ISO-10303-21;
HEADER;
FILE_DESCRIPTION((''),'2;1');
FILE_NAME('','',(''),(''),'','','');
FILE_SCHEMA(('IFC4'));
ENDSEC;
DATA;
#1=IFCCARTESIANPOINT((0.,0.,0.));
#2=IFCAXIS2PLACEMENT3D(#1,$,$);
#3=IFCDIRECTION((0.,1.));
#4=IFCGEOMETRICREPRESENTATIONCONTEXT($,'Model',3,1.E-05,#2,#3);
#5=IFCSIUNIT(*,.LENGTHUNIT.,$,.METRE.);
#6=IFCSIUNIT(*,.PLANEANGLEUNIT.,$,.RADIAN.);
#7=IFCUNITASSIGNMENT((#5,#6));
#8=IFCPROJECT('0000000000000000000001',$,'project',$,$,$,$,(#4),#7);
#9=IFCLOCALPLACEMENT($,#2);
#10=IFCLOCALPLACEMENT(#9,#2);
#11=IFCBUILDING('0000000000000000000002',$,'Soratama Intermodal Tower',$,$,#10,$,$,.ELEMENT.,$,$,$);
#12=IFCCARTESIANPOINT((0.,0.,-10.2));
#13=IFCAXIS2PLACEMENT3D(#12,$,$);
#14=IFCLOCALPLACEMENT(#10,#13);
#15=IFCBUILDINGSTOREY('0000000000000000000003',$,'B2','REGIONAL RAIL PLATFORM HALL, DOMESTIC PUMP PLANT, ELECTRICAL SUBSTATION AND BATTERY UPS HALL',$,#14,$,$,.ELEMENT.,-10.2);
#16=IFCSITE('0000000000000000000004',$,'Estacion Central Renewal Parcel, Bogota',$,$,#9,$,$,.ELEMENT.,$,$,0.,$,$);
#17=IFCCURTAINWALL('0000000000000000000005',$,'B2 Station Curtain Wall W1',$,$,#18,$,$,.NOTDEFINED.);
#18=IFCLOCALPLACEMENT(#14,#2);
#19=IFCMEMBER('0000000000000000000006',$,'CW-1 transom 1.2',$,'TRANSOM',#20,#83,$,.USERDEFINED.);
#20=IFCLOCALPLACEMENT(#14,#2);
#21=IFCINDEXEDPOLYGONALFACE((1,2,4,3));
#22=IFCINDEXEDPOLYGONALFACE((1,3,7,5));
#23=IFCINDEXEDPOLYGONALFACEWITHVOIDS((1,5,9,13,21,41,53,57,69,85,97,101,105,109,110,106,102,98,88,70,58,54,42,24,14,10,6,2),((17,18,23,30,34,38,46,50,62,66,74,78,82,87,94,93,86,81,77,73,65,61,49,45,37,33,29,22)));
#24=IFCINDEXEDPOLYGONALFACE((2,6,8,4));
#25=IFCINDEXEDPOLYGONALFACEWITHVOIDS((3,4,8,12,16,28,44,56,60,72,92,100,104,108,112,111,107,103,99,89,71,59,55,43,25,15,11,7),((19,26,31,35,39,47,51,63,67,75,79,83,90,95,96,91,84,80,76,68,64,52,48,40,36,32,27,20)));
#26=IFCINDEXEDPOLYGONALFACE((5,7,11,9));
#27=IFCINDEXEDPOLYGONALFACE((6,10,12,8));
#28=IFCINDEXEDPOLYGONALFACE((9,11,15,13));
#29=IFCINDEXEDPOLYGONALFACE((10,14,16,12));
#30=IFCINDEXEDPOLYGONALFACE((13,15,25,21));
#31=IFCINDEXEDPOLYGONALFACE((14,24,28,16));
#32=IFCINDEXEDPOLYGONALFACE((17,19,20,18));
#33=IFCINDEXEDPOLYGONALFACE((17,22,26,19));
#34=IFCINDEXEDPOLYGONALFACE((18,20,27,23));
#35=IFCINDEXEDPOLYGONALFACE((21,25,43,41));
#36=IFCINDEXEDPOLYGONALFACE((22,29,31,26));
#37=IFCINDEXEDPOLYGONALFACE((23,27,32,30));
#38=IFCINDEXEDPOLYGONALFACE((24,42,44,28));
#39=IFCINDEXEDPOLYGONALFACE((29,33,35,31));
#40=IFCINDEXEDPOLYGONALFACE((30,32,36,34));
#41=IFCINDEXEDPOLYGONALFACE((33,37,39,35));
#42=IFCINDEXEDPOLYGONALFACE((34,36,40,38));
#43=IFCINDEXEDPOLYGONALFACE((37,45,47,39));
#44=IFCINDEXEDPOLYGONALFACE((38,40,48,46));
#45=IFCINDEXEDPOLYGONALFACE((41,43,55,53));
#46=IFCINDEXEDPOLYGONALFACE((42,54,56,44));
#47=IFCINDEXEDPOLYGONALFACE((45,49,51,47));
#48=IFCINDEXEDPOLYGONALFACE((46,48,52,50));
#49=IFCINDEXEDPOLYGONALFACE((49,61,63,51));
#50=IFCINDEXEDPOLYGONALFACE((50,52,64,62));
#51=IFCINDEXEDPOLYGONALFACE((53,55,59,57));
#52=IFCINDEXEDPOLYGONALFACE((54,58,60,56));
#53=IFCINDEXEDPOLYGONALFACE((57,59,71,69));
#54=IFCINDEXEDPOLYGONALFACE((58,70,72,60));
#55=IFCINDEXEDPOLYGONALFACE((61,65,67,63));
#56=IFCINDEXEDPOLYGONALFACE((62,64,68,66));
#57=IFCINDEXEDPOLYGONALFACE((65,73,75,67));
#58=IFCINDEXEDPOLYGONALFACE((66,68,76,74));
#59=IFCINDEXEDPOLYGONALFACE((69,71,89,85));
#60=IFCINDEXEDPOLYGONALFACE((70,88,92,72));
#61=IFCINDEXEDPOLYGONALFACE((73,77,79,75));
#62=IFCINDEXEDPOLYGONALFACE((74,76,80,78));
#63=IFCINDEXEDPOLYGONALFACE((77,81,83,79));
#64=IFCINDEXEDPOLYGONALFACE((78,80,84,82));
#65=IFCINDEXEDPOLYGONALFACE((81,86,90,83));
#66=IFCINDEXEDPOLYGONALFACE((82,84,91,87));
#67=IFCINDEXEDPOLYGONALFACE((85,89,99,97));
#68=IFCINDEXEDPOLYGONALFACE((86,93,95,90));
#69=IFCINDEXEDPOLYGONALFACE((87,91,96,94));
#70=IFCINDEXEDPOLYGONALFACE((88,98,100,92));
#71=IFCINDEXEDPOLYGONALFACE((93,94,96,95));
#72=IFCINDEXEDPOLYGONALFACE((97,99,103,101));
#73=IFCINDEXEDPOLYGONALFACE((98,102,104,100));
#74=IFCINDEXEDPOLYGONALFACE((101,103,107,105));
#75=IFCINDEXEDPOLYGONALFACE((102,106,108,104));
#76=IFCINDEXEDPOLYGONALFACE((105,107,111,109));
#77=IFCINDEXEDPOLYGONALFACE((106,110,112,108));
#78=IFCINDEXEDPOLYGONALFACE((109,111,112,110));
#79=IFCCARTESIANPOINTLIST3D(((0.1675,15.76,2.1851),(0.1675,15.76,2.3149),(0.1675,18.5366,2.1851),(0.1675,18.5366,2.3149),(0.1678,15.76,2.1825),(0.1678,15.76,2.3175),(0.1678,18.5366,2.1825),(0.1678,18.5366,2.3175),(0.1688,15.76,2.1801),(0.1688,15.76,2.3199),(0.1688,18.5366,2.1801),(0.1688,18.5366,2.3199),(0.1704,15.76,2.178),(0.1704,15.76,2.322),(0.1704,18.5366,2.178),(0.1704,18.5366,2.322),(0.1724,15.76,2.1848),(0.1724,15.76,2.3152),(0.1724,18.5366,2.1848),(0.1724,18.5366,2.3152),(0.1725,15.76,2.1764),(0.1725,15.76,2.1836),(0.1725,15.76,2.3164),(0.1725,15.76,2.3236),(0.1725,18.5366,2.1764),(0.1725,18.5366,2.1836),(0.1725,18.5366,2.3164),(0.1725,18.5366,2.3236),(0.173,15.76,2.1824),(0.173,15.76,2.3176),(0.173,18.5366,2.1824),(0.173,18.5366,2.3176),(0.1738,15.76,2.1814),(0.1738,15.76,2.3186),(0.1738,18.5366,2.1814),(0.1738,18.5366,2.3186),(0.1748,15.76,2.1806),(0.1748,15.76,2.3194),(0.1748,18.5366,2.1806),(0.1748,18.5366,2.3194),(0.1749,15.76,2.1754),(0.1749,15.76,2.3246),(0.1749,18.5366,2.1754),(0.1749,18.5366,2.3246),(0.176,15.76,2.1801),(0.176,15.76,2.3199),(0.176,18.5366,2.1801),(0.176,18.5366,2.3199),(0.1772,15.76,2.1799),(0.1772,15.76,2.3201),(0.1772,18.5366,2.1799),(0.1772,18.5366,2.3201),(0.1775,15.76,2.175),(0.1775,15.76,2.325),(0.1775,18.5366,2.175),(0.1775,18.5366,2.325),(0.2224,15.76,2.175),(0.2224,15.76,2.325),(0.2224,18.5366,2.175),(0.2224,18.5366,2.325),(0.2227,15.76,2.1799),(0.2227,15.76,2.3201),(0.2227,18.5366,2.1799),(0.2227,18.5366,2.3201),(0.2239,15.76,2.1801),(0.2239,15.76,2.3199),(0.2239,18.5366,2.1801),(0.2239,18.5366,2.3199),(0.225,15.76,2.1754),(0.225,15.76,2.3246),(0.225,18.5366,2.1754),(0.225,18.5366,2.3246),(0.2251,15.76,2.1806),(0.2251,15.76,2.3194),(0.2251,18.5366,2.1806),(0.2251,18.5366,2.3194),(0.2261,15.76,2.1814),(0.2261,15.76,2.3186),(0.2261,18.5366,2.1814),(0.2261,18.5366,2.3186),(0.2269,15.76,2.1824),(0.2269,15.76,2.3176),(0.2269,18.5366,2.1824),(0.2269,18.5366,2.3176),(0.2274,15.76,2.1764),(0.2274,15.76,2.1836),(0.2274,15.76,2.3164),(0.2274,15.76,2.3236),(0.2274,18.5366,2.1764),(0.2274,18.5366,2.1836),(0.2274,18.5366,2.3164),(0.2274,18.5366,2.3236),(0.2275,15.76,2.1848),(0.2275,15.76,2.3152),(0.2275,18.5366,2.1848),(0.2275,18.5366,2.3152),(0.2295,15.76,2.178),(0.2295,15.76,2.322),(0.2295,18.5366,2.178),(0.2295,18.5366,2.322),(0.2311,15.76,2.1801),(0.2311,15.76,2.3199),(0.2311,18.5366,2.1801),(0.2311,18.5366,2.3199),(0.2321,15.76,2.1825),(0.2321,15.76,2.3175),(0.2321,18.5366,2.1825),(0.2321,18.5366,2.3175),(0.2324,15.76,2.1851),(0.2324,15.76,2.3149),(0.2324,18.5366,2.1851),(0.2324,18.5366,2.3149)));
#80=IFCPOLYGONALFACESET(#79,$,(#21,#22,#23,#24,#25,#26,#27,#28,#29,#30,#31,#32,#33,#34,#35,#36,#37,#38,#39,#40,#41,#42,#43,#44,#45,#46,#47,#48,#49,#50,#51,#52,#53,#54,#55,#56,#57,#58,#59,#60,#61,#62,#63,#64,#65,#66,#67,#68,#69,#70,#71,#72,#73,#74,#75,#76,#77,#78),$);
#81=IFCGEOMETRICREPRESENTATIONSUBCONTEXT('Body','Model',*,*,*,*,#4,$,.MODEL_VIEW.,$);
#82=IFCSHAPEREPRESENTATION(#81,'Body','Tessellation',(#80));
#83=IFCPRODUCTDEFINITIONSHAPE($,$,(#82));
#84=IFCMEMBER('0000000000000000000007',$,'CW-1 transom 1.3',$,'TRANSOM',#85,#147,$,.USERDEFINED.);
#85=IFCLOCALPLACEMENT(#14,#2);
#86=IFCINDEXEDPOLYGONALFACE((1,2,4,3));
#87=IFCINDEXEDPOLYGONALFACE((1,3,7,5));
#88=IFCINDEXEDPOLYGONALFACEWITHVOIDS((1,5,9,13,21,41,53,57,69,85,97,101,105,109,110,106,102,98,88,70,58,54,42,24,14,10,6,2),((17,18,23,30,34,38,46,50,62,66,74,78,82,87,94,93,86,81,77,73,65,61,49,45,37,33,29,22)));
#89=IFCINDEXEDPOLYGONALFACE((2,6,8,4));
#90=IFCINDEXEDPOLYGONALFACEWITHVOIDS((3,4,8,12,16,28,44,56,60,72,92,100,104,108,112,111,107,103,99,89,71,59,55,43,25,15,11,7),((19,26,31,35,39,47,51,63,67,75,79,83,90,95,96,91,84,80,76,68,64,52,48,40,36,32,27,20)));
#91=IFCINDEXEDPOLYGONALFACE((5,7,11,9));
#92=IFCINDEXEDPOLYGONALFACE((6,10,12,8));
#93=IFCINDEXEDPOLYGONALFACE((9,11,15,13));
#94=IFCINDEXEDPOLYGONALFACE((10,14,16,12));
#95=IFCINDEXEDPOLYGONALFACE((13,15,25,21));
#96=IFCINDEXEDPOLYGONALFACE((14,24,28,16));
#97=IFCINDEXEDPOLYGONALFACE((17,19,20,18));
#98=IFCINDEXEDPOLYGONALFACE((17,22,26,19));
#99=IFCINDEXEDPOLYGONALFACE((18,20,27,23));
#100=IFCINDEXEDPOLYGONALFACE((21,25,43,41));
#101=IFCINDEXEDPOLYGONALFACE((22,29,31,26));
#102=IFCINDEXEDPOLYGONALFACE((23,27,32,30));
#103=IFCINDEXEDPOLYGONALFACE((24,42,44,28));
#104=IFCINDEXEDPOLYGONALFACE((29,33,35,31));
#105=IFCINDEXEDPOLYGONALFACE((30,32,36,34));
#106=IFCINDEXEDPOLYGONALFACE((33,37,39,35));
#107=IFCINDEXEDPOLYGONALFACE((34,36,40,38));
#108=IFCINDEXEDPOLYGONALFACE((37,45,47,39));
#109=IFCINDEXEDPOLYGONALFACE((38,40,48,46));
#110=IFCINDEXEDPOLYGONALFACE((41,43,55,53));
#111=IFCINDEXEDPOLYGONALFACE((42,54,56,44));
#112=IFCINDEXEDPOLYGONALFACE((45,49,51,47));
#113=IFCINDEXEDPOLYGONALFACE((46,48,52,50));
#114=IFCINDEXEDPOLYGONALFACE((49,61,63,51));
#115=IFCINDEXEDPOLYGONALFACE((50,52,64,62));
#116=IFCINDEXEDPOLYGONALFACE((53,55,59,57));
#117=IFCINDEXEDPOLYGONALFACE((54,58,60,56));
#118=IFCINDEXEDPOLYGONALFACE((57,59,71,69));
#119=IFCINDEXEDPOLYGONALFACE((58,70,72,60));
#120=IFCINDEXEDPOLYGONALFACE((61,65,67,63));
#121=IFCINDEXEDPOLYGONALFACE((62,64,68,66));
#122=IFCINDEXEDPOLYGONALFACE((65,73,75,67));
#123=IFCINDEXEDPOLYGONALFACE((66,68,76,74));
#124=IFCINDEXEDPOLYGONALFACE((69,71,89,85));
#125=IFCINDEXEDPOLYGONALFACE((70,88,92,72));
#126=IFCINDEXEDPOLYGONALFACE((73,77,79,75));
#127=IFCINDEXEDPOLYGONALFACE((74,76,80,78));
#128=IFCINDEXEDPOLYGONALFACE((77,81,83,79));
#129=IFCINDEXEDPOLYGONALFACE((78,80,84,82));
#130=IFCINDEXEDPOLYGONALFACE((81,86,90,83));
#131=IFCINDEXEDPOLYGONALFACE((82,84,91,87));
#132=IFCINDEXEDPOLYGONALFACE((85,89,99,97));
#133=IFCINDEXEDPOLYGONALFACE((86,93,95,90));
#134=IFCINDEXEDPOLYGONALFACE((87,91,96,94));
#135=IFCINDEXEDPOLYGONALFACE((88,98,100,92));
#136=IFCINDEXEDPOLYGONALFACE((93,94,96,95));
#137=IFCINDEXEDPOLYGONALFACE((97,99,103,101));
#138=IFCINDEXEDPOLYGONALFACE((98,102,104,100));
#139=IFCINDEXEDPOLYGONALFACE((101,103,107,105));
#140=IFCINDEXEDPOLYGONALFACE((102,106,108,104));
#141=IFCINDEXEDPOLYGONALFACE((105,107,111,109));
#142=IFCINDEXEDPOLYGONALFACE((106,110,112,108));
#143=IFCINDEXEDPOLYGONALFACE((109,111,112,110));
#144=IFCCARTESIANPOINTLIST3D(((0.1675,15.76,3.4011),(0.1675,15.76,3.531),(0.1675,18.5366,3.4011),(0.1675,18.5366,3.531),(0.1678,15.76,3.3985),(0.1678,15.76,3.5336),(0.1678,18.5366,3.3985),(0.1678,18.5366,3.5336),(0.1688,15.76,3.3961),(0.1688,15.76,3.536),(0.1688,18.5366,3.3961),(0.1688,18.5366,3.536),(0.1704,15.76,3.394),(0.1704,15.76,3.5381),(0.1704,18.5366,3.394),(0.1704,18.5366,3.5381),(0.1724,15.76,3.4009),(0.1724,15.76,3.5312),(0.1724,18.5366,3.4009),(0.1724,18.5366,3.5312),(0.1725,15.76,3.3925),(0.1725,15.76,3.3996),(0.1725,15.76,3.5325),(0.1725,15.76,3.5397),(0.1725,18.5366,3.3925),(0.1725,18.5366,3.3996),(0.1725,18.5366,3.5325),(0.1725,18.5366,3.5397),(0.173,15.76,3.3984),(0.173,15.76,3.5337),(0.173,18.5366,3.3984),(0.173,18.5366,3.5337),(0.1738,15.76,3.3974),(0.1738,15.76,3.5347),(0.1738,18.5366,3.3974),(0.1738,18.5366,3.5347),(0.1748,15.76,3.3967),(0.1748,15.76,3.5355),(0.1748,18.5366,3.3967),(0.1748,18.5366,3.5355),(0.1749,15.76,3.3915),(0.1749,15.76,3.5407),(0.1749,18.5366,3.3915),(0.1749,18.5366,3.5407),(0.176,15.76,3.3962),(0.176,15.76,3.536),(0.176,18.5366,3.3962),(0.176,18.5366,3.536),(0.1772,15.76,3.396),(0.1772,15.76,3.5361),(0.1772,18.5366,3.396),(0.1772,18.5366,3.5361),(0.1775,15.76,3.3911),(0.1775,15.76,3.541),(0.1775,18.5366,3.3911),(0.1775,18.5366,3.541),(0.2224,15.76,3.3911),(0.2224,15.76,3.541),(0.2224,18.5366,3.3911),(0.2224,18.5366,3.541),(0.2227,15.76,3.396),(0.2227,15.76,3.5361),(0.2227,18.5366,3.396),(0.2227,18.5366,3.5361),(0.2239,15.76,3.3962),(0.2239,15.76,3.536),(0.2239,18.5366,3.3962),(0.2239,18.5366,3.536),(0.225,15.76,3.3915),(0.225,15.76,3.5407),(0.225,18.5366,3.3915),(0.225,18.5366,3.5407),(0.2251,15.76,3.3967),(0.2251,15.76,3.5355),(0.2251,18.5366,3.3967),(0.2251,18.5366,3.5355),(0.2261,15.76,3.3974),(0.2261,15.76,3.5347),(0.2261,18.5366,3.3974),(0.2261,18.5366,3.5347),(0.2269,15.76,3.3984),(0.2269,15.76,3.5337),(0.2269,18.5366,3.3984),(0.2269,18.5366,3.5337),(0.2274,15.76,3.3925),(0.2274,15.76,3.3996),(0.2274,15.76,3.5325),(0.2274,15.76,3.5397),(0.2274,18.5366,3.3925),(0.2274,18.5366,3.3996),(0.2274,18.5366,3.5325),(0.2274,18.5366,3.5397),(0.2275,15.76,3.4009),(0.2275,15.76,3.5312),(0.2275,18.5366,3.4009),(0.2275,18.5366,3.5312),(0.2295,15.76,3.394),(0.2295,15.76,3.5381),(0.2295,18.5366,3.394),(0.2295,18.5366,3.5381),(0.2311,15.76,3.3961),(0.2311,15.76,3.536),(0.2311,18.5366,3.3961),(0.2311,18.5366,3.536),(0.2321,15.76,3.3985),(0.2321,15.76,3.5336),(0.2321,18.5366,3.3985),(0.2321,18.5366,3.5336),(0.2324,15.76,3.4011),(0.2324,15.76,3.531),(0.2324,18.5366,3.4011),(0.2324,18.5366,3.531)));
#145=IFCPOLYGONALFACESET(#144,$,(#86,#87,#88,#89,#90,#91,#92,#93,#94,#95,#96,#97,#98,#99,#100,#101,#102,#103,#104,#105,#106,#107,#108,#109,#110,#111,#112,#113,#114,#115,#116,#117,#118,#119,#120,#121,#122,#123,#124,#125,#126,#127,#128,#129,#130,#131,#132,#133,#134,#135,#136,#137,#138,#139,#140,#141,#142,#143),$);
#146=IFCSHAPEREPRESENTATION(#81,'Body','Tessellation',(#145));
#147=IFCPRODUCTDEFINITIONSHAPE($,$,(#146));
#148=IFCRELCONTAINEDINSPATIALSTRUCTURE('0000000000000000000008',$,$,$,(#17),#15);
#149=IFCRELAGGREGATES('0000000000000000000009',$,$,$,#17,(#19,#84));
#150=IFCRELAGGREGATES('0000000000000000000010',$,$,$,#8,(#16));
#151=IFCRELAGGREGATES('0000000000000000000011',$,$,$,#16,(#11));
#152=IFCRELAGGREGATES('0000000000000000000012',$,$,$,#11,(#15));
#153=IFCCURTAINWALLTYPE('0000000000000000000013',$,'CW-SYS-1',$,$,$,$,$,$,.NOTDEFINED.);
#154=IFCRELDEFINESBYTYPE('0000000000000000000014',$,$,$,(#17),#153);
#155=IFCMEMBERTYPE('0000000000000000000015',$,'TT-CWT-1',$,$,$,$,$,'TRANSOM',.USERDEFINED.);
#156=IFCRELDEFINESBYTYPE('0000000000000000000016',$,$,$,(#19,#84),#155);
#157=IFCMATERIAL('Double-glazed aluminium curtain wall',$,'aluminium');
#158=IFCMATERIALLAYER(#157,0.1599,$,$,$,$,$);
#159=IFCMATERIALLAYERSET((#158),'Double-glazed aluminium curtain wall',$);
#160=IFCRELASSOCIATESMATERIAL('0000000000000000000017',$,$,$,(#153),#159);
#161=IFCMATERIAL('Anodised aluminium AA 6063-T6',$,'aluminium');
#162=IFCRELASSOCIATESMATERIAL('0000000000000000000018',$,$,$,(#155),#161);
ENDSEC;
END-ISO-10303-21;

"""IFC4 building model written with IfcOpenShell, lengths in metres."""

from ifc_helpers import new_model, si_unit, direction, frame, origin, origin_2d, place, context, subcontext, project, spatial, hollow_rectangle, extrude, material, layer, layer_set, material_profile, profile_set, type_object, element, aggregate, save


model = new_model("IFC4")

# Units and contexts
model_context = context("Model", 3, precision=1e-05, world=origin(), true_north=direction((0.0, 1.0)))
body_context = subcontext(model_context, "Body", "Model", "MODEL_VIEW")
ifc_project = project(units=[si_unit("LENGTHUNIT", "METRE"), si_unit("PLANEANGLEUNIT", "RADIAN")], contexts=[model_context])

# Site, building, storey
site_placement = place(None, origin())
site = spatial("IfcSite", under=ifc_project, at=site_placement, Name="Estacion Central Renewal Parcel, Bogota", CompositionType="ELEMENT", RefElevation=0.0)
building_placement = place(site_placement, origin())
building = spatial("IfcBuilding", under=site, at=building_placement, Name="Soratama Intermodal Tower", CompositionType="ELEMENT")
storey_placement = place(building_placement, frame((0.0, 0.0, -10.2)))
storey = spatial("IfcBuildingStorey", under=building, at=storey_placement, Name="B2", Description="REGIONAL RAIL PLATFORM HALL, DOMESTIC PUMP PLANT, ELECTRICAL SUBSTATION AND BATTERY UPS HALL", CompositionType="ELEMENT", Elevation=-10.2)

# Curtain wall, members
ifc_material_1 = material(Name="Double-glazed aluminium curtain wall", Category="aluminium")
ifc_layer_1 = layer(ifc_material_1, 0.1599)
ifc_layer_set_1 = layer_set([ifc_layer_1], Name="Double-glazed aluminium curtain wall")
curtain_wall_type = type_object("IfcCurtainWallType", Name="CW-SYS-1", PredefinedType="NOTDEFINED", material=ifc_layer_set_1)
curtain_wall_placement = place(storey_placement, origin())
curtain_wall = element("IfcCurtainWall", 1, at=curtain_wall_placement, inside=storey, type_object=curtain_wall_type, Name="B2 Station Curtain Wall W1", PredefinedType="NOTDEFINED")
ifc_material_2 = material(Name="Anodised aluminium AA 6063-T6", Category="aluminium")
ifc_material_profile_1 = material_profile(ifc_material_2, hollow_rectangle(XDim=0.0649, YDim=0.1499, WallThickness=0.0049, InnerFilletRadius=0.0049, OuterFilletRadius=0.01, at=origin_2d()), Name="CWT150X65X5")
ifc_profile_set_1 = profile_set([ifc_material_profile_1], Name="Anodised aluminium AA 6063-T6")
member_type_1 = type_object("IfcMemberType", Name="TT-CWT-1", ElementType="TRANSOM", PredefinedType="USERDEFINED", material=ifc_profile_set_1)
member_1_placement = place(storey_placement, frame((0.2, 15.76, 2.25), z_axis=(0.0, 1.0, 0.0), x_axis=(-1.0, 0.0, 0.0)))
member_1 = element("IfcMember", 2, at=member_1_placement, type_object=member_type_1, Name="CW-1 transom 1.2", ObjectType="TRANSOM", PredefinedType="USERDEFINED", context=body_context, shape_type="SweptSolid", body=[
    extrude(hollow_rectangle(XDim=0.0649, YDim=0.1499, WallThickness=0.0049, InnerFilletRadius=0.0049, OuterFilletRadius=0.01, at=origin_2d()), origin(), (0.0, 0.0, 1.0), 2.7766),
])
member_2_placement = place(storey_placement, frame((0.2, 15.76, 3.4661), z_axis=(0.0, 1.0, 0.0), x_axis=(-1.0, 0.0, 0.0)))
member_2 = element("IfcMember", 3, at=member_2_placement, type_object=member_type_1, Name="CW-1 transom 1.3", ObjectType="TRANSOM", PredefinedType="USERDEFINED", context=body_context, shape_type="SweptSolid", body=[
    extrude(hollow_rectangle(XDim=0.0649, YDim=0.1499, WallThickness=0.0049, InnerFilletRadius=0.0049, OuterFilletRadius=0.01, at=origin_2d()), origin(), (0.0, 0.0, 1.0), 2.7766),
])
aggregate(curtain_wall, [member_1, member_2])

save(model, "model.ifc")
